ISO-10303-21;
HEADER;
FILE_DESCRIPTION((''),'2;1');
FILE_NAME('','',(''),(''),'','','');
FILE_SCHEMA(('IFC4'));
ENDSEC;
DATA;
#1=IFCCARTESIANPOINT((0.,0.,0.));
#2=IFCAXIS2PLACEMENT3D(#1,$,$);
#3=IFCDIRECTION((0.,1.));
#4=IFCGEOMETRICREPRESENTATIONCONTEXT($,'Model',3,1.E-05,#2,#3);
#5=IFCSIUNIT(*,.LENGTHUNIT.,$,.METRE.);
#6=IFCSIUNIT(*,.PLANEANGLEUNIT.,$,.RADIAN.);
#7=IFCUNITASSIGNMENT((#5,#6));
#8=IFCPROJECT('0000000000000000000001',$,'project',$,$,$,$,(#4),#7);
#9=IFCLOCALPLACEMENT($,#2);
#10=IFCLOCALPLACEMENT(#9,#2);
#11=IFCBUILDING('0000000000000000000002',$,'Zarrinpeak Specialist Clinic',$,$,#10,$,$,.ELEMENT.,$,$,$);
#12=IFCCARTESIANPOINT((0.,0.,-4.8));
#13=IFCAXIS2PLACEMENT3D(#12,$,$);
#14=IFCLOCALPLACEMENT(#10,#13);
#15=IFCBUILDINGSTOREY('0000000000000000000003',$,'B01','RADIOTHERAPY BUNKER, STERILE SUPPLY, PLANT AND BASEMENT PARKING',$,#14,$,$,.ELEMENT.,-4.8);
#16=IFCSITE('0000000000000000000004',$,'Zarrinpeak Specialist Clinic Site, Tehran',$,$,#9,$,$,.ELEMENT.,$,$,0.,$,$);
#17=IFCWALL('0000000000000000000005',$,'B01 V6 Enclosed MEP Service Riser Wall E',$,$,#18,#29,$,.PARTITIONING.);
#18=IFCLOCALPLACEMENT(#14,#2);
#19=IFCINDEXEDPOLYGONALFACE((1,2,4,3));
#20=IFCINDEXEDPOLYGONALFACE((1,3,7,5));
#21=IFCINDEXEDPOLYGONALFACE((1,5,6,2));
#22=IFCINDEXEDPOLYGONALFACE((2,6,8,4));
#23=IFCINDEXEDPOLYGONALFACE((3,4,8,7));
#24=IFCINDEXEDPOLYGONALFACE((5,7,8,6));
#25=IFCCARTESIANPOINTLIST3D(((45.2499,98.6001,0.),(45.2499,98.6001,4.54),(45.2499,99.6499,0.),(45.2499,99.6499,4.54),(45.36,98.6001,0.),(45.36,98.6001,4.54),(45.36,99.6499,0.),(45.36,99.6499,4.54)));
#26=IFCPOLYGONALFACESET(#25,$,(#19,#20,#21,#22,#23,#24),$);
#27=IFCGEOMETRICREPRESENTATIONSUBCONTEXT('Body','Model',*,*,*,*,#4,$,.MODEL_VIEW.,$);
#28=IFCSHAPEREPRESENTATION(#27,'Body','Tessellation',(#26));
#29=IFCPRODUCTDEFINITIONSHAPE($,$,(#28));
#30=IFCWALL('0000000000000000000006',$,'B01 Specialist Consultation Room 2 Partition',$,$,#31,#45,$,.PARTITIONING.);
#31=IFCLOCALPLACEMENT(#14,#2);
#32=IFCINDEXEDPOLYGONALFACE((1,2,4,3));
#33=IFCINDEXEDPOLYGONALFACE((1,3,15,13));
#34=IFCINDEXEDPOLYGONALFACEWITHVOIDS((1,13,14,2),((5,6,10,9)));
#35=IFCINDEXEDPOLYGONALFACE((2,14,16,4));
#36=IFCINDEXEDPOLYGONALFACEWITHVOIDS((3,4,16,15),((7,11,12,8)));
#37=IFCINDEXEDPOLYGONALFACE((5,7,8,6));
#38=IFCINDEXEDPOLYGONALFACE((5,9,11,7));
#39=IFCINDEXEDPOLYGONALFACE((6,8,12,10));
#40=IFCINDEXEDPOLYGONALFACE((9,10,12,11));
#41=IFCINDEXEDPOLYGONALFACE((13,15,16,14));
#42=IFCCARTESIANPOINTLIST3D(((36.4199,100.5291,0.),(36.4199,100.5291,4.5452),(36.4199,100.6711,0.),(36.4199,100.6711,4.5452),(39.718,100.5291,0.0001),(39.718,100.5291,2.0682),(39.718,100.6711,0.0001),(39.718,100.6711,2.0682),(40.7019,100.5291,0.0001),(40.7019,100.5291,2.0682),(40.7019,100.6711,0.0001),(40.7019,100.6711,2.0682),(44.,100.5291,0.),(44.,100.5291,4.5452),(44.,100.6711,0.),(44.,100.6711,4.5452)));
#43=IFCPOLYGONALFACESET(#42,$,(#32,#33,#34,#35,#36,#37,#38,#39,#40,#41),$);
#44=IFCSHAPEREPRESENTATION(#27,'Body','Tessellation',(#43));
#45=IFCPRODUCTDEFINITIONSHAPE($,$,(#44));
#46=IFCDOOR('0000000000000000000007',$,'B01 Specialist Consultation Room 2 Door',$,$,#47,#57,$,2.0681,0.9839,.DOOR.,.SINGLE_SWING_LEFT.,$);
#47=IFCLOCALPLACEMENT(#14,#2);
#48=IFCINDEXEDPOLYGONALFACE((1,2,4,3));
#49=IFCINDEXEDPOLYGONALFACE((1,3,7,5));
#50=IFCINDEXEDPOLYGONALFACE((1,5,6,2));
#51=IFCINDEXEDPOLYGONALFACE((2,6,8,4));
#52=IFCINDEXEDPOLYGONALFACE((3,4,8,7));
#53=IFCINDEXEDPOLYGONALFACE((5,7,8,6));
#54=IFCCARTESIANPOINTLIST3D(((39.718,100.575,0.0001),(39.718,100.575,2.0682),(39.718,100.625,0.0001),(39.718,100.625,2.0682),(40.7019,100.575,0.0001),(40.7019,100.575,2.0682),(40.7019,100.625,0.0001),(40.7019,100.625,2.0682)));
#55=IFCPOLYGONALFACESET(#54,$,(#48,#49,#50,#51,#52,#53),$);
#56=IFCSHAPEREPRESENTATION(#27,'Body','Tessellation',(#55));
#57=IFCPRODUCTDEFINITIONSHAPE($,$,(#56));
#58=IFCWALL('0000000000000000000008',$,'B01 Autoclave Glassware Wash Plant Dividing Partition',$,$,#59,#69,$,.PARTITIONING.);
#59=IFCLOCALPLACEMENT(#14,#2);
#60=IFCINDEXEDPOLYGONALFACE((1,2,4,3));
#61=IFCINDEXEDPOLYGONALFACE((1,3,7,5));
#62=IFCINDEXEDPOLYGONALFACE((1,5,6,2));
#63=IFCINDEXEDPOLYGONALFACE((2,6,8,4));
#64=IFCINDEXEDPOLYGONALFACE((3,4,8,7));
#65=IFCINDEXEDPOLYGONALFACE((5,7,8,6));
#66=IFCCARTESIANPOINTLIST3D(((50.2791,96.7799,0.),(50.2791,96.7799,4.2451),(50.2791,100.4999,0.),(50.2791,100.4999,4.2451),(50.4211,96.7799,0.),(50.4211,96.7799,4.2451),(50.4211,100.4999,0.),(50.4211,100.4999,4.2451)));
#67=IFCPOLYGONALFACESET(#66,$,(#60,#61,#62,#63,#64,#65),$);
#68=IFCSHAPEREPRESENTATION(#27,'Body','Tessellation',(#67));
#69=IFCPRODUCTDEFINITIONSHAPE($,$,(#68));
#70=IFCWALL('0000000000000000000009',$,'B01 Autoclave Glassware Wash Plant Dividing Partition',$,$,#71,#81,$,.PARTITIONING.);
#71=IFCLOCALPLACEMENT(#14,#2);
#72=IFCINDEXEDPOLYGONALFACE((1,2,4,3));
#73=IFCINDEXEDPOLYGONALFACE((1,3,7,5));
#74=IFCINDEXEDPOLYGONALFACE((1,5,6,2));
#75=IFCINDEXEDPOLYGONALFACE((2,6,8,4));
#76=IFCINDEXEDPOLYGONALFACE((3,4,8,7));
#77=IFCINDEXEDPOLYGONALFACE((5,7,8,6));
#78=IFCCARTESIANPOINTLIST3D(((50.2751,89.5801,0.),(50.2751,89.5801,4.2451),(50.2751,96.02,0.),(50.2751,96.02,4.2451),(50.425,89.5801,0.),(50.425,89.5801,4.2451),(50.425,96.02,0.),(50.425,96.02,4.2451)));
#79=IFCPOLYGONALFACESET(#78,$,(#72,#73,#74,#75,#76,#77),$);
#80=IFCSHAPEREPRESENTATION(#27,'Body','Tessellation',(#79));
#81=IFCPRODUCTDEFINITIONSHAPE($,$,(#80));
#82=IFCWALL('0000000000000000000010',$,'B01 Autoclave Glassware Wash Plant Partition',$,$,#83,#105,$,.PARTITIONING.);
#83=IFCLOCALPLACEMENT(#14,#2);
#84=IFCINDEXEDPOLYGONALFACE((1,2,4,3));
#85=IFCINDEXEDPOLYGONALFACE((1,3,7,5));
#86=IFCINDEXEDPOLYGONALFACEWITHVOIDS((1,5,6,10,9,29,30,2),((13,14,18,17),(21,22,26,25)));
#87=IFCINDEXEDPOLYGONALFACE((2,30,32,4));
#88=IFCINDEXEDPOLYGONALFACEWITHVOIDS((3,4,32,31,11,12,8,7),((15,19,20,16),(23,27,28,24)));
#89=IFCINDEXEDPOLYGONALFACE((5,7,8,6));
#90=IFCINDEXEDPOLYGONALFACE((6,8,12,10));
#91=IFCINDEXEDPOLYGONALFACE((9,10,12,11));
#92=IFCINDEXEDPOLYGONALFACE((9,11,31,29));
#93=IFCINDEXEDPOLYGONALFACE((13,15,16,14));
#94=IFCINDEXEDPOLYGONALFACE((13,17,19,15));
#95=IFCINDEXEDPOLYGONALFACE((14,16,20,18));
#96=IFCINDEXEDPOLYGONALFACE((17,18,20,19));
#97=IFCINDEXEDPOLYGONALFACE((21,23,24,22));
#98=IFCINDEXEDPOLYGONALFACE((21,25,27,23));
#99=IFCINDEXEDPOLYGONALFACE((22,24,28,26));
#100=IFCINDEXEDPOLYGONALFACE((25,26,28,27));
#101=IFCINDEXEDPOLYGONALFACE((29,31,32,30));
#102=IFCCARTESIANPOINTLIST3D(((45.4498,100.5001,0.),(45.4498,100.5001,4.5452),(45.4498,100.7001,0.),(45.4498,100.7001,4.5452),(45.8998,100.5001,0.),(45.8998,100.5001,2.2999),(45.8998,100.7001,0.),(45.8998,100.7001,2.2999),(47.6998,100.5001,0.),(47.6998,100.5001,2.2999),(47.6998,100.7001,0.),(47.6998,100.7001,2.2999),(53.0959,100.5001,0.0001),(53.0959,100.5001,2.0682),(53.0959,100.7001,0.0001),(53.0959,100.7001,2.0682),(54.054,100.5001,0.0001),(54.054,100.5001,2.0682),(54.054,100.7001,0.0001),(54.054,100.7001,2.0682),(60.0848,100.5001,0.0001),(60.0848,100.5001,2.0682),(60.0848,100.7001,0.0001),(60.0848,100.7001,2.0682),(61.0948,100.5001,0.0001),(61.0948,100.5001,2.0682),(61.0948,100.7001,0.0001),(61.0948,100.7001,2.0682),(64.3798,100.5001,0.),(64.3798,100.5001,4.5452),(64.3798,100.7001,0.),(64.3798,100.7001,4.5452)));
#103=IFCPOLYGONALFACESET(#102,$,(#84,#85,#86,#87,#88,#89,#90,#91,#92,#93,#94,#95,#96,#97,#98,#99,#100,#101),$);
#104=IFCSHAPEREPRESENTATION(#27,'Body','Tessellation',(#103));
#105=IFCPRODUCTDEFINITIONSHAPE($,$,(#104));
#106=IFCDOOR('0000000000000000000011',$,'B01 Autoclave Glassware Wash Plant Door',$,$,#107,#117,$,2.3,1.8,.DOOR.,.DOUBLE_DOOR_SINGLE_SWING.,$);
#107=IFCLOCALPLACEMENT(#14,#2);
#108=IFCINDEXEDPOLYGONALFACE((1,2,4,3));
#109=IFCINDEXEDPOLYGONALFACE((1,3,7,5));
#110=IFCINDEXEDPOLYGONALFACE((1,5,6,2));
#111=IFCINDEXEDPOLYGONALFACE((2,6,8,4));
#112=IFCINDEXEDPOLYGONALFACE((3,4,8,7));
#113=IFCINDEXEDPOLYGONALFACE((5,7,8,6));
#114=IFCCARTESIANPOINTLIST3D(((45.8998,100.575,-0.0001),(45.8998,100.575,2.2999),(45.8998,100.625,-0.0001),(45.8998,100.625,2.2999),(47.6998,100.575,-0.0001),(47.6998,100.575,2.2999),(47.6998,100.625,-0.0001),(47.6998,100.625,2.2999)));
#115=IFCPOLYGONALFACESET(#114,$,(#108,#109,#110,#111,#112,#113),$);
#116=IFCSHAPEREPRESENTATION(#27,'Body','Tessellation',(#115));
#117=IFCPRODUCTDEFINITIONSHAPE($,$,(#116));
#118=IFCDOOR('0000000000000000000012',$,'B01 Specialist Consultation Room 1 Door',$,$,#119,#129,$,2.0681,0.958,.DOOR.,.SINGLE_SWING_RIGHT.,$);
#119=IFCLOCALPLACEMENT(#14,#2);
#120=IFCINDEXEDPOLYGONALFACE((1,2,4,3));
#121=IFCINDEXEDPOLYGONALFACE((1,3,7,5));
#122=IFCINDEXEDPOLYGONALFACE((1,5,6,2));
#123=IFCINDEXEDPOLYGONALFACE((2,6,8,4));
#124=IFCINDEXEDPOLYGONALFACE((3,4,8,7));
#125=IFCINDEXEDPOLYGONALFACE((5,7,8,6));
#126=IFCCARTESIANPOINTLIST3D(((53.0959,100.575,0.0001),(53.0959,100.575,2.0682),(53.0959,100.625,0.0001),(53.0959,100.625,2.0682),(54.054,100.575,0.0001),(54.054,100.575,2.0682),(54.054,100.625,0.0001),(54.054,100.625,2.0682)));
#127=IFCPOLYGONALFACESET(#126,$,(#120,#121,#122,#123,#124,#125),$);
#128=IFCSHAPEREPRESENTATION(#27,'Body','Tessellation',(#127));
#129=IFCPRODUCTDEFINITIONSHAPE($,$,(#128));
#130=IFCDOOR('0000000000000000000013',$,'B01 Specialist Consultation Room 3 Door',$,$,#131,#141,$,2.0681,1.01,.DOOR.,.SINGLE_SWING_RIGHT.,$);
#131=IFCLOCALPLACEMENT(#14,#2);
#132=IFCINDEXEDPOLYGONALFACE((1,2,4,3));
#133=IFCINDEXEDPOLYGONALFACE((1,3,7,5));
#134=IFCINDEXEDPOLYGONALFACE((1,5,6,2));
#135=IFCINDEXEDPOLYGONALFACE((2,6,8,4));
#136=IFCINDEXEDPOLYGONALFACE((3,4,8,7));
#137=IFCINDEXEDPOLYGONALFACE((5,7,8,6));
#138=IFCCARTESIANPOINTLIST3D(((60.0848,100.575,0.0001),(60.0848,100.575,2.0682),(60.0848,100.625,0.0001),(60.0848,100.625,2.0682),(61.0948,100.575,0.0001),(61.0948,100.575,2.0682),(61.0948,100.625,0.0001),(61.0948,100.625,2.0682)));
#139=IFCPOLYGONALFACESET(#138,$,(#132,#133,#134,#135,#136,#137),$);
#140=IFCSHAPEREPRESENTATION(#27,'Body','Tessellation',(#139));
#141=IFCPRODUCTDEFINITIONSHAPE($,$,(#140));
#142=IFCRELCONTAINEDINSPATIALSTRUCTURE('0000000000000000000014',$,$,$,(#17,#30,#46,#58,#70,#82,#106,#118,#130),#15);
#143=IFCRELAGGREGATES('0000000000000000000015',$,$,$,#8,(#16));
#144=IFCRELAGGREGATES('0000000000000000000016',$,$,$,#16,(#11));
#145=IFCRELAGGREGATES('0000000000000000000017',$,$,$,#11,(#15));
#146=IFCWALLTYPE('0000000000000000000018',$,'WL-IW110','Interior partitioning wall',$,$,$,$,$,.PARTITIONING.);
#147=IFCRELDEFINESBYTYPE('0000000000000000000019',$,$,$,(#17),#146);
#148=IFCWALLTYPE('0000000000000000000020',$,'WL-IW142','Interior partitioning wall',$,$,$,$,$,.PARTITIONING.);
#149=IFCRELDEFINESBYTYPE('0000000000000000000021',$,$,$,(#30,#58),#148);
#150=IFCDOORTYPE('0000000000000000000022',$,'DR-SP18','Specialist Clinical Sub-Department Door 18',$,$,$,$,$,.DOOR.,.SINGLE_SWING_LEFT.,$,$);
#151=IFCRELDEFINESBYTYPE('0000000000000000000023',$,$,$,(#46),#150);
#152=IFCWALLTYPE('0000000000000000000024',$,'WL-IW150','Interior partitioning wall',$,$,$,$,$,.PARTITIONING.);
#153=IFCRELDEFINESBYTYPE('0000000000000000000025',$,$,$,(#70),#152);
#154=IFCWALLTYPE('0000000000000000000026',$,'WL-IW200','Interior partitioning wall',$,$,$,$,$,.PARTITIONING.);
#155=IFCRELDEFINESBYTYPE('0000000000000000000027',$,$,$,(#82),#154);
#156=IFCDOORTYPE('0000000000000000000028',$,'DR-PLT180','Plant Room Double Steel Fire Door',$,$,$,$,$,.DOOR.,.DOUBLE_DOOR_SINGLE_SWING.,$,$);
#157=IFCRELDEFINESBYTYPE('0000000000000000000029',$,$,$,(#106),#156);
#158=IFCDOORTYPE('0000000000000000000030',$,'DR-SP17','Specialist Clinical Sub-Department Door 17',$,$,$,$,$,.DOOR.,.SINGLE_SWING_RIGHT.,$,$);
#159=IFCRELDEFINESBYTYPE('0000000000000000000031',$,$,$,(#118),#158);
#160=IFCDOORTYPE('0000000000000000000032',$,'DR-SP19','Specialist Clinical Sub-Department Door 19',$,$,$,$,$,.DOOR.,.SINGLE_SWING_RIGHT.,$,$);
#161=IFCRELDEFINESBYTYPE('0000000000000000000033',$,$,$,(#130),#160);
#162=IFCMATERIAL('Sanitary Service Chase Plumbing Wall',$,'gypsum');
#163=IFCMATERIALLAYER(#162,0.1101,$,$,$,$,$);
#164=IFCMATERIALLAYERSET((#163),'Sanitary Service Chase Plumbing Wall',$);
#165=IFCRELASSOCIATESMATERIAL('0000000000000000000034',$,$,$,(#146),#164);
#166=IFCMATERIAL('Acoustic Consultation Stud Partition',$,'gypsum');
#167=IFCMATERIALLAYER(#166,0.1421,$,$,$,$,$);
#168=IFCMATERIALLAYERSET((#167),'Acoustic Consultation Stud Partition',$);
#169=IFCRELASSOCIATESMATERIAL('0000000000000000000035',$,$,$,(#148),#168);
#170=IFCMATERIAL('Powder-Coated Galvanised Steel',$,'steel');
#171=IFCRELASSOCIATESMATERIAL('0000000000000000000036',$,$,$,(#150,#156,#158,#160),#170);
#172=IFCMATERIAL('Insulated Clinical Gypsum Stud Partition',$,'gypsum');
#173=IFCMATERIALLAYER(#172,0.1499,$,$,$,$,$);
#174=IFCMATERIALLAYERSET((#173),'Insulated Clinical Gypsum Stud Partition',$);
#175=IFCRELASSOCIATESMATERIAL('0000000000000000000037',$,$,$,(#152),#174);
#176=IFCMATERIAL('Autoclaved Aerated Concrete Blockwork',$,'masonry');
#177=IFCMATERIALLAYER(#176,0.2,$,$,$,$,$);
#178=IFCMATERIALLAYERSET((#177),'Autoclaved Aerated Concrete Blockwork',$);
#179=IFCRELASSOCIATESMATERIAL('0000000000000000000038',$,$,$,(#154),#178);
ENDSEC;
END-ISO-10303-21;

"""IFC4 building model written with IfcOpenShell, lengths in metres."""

from ifc_helpers import new_model, si_unit, direction, frame, frame_2d, origin, place, context, subcontext, project, spatial, rectangle, extrude, material, layer, layer_set, type_object, element, fill, save


model = new_model("IFC4")

# Units and contexts
model_context = context("Model", 3, precision=1e-05, world=origin(), true_north=direction((0.0, 1.0)))
body_context = subcontext(model_context, "Body", "Model", "MODEL_VIEW")
ifc_project = project(units=[si_unit("LENGTHUNIT", "METRE"), si_unit("PLANEANGLEUNIT", "RADIAN")], contexts=[model_context])

# Site, building, storey
site_placement = place(None, origin())
site = spatial("IfcSite", under=ifc_project, at=site_placement, Name="Zarrinpeak Specialist Clinic Site, Tehran", CompositionType="ELEMENT", RefElevation=0.0)
building_placement = place(site_placement, origin())
building = spatial("IfcBuilding", under=site, at=building_placement, Name="Zarrinpeak Specialist Clinic", CompositionType="ELEMENT")
storey_placement = place(building_placement, frame((0.0, 0.0, -4.8)))
storey = spatial("IfcBuildingStorey", under=building, at=storey_placement, Name="B01", Description="RADIOTHERAPY BUNKER, STERILE SUPPLY, PLANT AND BASEMENT PARKING", CompositionType="ELEMENT", Elevation=-4.8)

# Wall
ifc_material_1 = material(Name="Sanitary Service Chase Plumbing Wall", Category="gypsum")
ifc_layer_1 = layer(ifc_material_1, 0.1101)
ifc_layer_set_1 = layer_set([ifc_layer_1], Name="Sanitary Service Chase Plumbing Wall")
wall_type_1 = type_object("IfcWallType", Name="WL-IW110", Description="Interior partitioning wall", PredefinedType="PARTITIONING", material=ifc_layer_set_1)
for number, where, z_axis, x_axis, name in (
    (1, (45.3049, 98.6001, 0.0), (0.0, 0.0, 1.0), (0.0, 1.0, 0.0), "B01 V6 Enclosed MEP Service Riser Wall E"),
):
    element("IfcWall", number, at=place(storey_placement, frame(where, z_axis=z_axis, x_axis=x_axis)), inside=storey, type_object=wall_type_1, Name=name, PredefinedType="PARTITIONING", context=body_context, shape_type="SweptSolid", body=[
        extrude(rectangle(XDim=1.0498, YDim=0.1101, at=frame_2d((0.5249, 0.0))), origin(), (0.0, 0.0, 1.0), 4.54),
    ])

# Wall, opening, door
ifc_material_2 = material(Name="Acoustic Consultation Stud Partition", Category="gypsum")
ifc_layer_2 = layer(ifc_material_2, 0.1421)
ifc_layer_set_2 = layer_set([ifc_layer_2], Name="Acoustic Consultation Stud Partition")
wall_type_2 = type_object("IfcWallType", Name="WL-IW142", Description="Interior partitioning wall", PredefinedType="PARTITIONING", material=ifc_layer_set_2)
wall_1_placement = place(storey_placement, frame((36.4199, 100.6001, 0.0), z_axis=(0.0, 0.0, 1.0), x_axis=(1.0, 0.0, 0.0)))
wall_1 = element("IfcWall", 2, at=wall_1_placement, inside=storey, type_object=wall_type_2, Name="B01 Specialist Consultation Room 2 Partition", PredefinedType="PARTITIONING", context=body_context, shape_type="SweptSolid", body=[
    extrude(rectangle(XDim=7.5801, YDim=0.1421, at=frame_2d((3.79, 0.0))), origin(), (0.0, 0.0, 1.0), 4.5452),
])
opening_1_placement = place(wall_1_placement, frame((3.2981, 0.0, 0.0)))
opening_1 = element("IfcOpeningElement", 3, at=opening_1_placement, cuts=wall_1, PredefinedType="OPENING", context=body_context, shape_type="SweptSolid", body=[
    extrude(rectangle(XDim=0.9839, YDim=2.0681, at=frame_2d((0.4919, 1.0342))), frame((0.0, 0.0811, 0.0), z_axis=(0.0, -1.0, 0.0), x_axis=(1.0, 0.0, 0.0)), (0.0, 0.0, 1.0), 0.1621),
])
ifc_material_3 = material(Name="Powder-Coated Galvanised Steel", Category="steel")
door_type_1 = type_object("IfcDoorType", Name="DR-SP18", Description="Specialist Clinical Sub-Department Door 18", OperationType="SINGLE_SWING_LEFT", PredefinedType="DOOR", material=ifc_material_3)
door_1_placement = place(opening_1_placement, origin())
door_1 = element("IfcDoor", 4, at=door_1_placement, inside=storey, type_object=door_type_1, Name="B01 Specialist Consultation Room 2 Door", OperationType="SINGLE_SWING_LEFT", OverallHeight=2.0681, OverallWidth=0.9839, PredefinedType="DOOR", context=body_context, shape_type="SweptSolid", body=[
    extrude(rectangle(XDim=0.9839, YDim=2.0681, at=frame_2d((0.4919, 1.0342))), frame((0.0, 0.0249, 0.0), z_axis=(0.0, -1.0, 0.0), x_axis=(1.0, 0.0, 0.0)), (0.0, 0.0, 1.0), 0.05),
])
fill(opening_1, door_1)

# Walls
wall_2_placement = place(storey_placement, frame((50.3501, 96.78, 0.0), z_axis=(0.0, 0.0, 1.0), x_axis=(0.0, 1.0, 0.0)))
element("IfcWall", 5, at=wall_2_placement, inside=storey, type_object=wall_type_2, Name="B01 Autoclave Glassware Wash Plant Dividing Partition", PredefinedType="PARTITIONING", context=body_context, shape_type="SweptSolid", body=[
    extrude(rectangle(XDim=3.72, YDim=0.1421, at=frame_2d((1.8599, 0.0))), origin(), (0.0, 0.0, 1.0), 4.2451),
])
ifc_material_4 = material(Name="Insulated Clinical Gypsum Stud Partition", Category="gypsum")
ifc_layer_3 = layer(ifc_material_4, 0.1499)
ifc_layer_set_3 = layer_set([ifc_layer_3], Name="Insulated Clinical Gypsum Stud Partition")
wall_type_3 = type_object("IfcWallType", Name="WL-IW150", Description="Interior partitioning wall", PredefinedType="PARTITIONING", material=ifc_layer_set_3)
wall_3_placement = place(storey_placement, frame((50.3501, 89.5801, 0.0), z_axis=(0.0, 0.0, 1.0), x_axis=(0.0, 1.0, 0.0)))
element("IfcWall", 6, at=wall_3_placement, inside=storey, type_object=wall_type_3, Name="B01 Autoclave Glassware Wash Plant Dividing Partition", PredefinedType="PARTITIONING", context=body_context, shape_type="SweptSolid", body=[
    extrude(rectangle(XDim=6.4399, YDim=0.1499, at=frame_2d((3.22, 0.0))), origin(), (0.0, 0.0, 1.0), 4.2451),
])

# Wall, openings, doors
ifc_material_5 = material(Name="Autoclaved Aerated Concrete Blockwork", Category="masonry")
ifc_layer_4 = layer(ifc_material_5, 0.2)
ifc_layer_set_4 = layer_set([ifc_layer_4], Name="Autoclaved Aerated Concrete Blockwork")
wall_type_4 = type_object("IfcWallType", Name="WL-IW200", Description="Interior partitioning wall", PredefinedType="PARTITIONING", material=ifc_layer_set_4)
wall_4_placement = place(storey_placement, frame((45.45, 100.6001, 0.0), z_axis=(0.0, 0.0, 1.0), x_axis=(1.0, 0.0, 0.0)))
wall_4 = element("IfcWall", 7, at=wall_4_placement, inside=storey, type_object=wall_type_4, Name="B01 Autoclave Glassware Wash Plant Partition", PredefinedType="PARTITIONING", context=body_context, shape_type="SweptSolid", body=[
    extrude(rectangle(XDim=18.9299, YDim=0.2, at=frame_2d((9.4648, 0.0))), origin(), (0.0, 0.0, 1.0), 4.5452),
])
opening_2_placement = place(wall_4_placement, frame((0.45, 0.0, 0.0)))
opening_2 = element("IfcOpeningElement", 8, at=opening_2_placement, cuts=wall_4, PredefinedType="OPENING", context=body_context, shape_type="SweptSolid", body=[
    extrude(rectangle(XDim=1.8, YDim=2.3, at=frame_2d((0.8999, 1.1499))), frame((0.0, 0.1099, 0.0), z_axis=(0.0, -1.0, 0.0), x_axis=(1.0, 0.0, 0.0)), (0.0, 0.0, 1.0), 0.22),
])
opening_3_placement = place(wall_4_placement, frame((7.646, 0.0, 0.0)))
opening_3 = element("IfcOpeningElement", 9, at=opening_3_placement, cuts=wall_4, PredefinedType="OPENING", context=body_context, shape_type="SweptSolid", body=[
    extrude(rectangle(XDim=0.958, YDim=2.0681, at=frame_2d((0.479, 1.0342))), frame((0.0, 0.1099, 0.0), z_axis=(0.0, -1.0, 0.0), x_axis=(1.0, 0.0, 0.0)), (0.0, 0.0, 1.0), 0.22),
])
opening_4_placement = place(wall_4_placement, frame((14.635, 0.0, 0.0)))
opening_4 = element("IfcOpeningElement", 10, at=opening_4_placement, cuts=wall_4, PredefinedType="OPENING", context=body_context, shape_type="SweptSolid", body=[
    extrude(rectangle(XDim=1.01, YDim=2.0681, at=frame_2d((0.5049, 1.0342))), frame((0.0, 0.1099, 0.0), z_axis=(0.0, -1.0, 0.0), x_axis=(1.0, 0.0, 0.0)), (0.0, 0.0, 1.0), 0.22),
])
door_type_2 = type_object("IfcDoorType", Name="DR-PLT180", Description="Plant Room Double Steel Fire Door", OperationType="DOUBLE_DOOR_SINGLE_SWING", PredefinedType="DOOR", material=ifc_material_3)
door_2_placement = place(opening_2_placement, origin())
door_2 = element("IfcDoor", 11, at=door_2_placement, inside=storey, type_object=door_type_2, Name="B01 Autoclave Glassware Wash Plant Door", OperationType="DOUBLE_DOOR_SINGLE_SWING", OverallHeight=2.3, OverallWidth=1.8, PredefinedType="DOOR", context=body_context, shape_type="SweptSolid", body=[
    extrude(rectangle(XDim=1.8, YDim=2.3, at=frame_2d((0.8999, 1.1499))), frame((0.0, 0.0249, 0.0), z_axis=(0.0, -1.0, 0.0), x_axis=(1.0, 0.0, 0.0)), (0.0, 0.0, 1.0), 0.05),
])
fill(opening_2, door_2)
door_type_3 = type_object("IfcDoorType", Name="DR-SP17", Description="Specialist Clinical Sub-Department Door 17", OperationType="SINGLE_SWING_RIGHT", PredefinedType="DOOR", material=ifc_material_3)
door_3_placement = place(opening_3_placement, origin())
door_3 = element("IfcDoor", 12, at=door_3_placement, inside=storey, type_object=door_type_3, Name="B01 Specialist Consultation Room 1 Door", OperationType="SINGLE_SWING_RIGHT", OverallHeight=2.0681, OverallWidth=0.958, PredefinedType="DOOR", context=body_context, shape_type="SweptSolid", body=[
    extrude(rectangle(XDim=0.958, YDim=2.0681, at=frame_2d((0.479, 1.0342))), frame((0.0, 0.0249, 0.0), z_axis=(0.0, -1.0, 0.0), x_axis=(1.0, 0.0, 0.0)), (0.0, 0.0, 1.0), 0.05),
])
fill(opening_3, door_3)
door_type_4 = type_object("IfcDoorType", Name="DR-SP19", Description="Specialist Clinical Sub-Department Door 19", OperationType="SINGLE_SWING_RIGHT", PredefinedType="DOOR", material=ifc_material_3)
door_4_placement = place(opening_4_placement, origin())
door_4 = element("IfcDoor", 13, at=door_4_placement, inside=storey, type_object=door_type_4, Name="B01 Specialist Consultation Room 3 Door", OperationType="SINGLE_SWING_RIGHT", OverallHeight=2.0681, OverallWidth=1.01, PredefinedType="DOOR", context=body_context, shape_type="SweptSolid", body=[
    extrude(rectangle(XDim=1.01, YDim=2.0681, at=frame_2d((0.5049, 1.0342))), frame((0.0, 0.0249, 0.0), z_axis=(0.0, -1.0, 0.0), x_axis=(1.0, 0.0, 0.0)), (0.0, 0.0, 1.0), 0.05),
])
fill(opening_4, door_4)

save(model, "model.ifc")
